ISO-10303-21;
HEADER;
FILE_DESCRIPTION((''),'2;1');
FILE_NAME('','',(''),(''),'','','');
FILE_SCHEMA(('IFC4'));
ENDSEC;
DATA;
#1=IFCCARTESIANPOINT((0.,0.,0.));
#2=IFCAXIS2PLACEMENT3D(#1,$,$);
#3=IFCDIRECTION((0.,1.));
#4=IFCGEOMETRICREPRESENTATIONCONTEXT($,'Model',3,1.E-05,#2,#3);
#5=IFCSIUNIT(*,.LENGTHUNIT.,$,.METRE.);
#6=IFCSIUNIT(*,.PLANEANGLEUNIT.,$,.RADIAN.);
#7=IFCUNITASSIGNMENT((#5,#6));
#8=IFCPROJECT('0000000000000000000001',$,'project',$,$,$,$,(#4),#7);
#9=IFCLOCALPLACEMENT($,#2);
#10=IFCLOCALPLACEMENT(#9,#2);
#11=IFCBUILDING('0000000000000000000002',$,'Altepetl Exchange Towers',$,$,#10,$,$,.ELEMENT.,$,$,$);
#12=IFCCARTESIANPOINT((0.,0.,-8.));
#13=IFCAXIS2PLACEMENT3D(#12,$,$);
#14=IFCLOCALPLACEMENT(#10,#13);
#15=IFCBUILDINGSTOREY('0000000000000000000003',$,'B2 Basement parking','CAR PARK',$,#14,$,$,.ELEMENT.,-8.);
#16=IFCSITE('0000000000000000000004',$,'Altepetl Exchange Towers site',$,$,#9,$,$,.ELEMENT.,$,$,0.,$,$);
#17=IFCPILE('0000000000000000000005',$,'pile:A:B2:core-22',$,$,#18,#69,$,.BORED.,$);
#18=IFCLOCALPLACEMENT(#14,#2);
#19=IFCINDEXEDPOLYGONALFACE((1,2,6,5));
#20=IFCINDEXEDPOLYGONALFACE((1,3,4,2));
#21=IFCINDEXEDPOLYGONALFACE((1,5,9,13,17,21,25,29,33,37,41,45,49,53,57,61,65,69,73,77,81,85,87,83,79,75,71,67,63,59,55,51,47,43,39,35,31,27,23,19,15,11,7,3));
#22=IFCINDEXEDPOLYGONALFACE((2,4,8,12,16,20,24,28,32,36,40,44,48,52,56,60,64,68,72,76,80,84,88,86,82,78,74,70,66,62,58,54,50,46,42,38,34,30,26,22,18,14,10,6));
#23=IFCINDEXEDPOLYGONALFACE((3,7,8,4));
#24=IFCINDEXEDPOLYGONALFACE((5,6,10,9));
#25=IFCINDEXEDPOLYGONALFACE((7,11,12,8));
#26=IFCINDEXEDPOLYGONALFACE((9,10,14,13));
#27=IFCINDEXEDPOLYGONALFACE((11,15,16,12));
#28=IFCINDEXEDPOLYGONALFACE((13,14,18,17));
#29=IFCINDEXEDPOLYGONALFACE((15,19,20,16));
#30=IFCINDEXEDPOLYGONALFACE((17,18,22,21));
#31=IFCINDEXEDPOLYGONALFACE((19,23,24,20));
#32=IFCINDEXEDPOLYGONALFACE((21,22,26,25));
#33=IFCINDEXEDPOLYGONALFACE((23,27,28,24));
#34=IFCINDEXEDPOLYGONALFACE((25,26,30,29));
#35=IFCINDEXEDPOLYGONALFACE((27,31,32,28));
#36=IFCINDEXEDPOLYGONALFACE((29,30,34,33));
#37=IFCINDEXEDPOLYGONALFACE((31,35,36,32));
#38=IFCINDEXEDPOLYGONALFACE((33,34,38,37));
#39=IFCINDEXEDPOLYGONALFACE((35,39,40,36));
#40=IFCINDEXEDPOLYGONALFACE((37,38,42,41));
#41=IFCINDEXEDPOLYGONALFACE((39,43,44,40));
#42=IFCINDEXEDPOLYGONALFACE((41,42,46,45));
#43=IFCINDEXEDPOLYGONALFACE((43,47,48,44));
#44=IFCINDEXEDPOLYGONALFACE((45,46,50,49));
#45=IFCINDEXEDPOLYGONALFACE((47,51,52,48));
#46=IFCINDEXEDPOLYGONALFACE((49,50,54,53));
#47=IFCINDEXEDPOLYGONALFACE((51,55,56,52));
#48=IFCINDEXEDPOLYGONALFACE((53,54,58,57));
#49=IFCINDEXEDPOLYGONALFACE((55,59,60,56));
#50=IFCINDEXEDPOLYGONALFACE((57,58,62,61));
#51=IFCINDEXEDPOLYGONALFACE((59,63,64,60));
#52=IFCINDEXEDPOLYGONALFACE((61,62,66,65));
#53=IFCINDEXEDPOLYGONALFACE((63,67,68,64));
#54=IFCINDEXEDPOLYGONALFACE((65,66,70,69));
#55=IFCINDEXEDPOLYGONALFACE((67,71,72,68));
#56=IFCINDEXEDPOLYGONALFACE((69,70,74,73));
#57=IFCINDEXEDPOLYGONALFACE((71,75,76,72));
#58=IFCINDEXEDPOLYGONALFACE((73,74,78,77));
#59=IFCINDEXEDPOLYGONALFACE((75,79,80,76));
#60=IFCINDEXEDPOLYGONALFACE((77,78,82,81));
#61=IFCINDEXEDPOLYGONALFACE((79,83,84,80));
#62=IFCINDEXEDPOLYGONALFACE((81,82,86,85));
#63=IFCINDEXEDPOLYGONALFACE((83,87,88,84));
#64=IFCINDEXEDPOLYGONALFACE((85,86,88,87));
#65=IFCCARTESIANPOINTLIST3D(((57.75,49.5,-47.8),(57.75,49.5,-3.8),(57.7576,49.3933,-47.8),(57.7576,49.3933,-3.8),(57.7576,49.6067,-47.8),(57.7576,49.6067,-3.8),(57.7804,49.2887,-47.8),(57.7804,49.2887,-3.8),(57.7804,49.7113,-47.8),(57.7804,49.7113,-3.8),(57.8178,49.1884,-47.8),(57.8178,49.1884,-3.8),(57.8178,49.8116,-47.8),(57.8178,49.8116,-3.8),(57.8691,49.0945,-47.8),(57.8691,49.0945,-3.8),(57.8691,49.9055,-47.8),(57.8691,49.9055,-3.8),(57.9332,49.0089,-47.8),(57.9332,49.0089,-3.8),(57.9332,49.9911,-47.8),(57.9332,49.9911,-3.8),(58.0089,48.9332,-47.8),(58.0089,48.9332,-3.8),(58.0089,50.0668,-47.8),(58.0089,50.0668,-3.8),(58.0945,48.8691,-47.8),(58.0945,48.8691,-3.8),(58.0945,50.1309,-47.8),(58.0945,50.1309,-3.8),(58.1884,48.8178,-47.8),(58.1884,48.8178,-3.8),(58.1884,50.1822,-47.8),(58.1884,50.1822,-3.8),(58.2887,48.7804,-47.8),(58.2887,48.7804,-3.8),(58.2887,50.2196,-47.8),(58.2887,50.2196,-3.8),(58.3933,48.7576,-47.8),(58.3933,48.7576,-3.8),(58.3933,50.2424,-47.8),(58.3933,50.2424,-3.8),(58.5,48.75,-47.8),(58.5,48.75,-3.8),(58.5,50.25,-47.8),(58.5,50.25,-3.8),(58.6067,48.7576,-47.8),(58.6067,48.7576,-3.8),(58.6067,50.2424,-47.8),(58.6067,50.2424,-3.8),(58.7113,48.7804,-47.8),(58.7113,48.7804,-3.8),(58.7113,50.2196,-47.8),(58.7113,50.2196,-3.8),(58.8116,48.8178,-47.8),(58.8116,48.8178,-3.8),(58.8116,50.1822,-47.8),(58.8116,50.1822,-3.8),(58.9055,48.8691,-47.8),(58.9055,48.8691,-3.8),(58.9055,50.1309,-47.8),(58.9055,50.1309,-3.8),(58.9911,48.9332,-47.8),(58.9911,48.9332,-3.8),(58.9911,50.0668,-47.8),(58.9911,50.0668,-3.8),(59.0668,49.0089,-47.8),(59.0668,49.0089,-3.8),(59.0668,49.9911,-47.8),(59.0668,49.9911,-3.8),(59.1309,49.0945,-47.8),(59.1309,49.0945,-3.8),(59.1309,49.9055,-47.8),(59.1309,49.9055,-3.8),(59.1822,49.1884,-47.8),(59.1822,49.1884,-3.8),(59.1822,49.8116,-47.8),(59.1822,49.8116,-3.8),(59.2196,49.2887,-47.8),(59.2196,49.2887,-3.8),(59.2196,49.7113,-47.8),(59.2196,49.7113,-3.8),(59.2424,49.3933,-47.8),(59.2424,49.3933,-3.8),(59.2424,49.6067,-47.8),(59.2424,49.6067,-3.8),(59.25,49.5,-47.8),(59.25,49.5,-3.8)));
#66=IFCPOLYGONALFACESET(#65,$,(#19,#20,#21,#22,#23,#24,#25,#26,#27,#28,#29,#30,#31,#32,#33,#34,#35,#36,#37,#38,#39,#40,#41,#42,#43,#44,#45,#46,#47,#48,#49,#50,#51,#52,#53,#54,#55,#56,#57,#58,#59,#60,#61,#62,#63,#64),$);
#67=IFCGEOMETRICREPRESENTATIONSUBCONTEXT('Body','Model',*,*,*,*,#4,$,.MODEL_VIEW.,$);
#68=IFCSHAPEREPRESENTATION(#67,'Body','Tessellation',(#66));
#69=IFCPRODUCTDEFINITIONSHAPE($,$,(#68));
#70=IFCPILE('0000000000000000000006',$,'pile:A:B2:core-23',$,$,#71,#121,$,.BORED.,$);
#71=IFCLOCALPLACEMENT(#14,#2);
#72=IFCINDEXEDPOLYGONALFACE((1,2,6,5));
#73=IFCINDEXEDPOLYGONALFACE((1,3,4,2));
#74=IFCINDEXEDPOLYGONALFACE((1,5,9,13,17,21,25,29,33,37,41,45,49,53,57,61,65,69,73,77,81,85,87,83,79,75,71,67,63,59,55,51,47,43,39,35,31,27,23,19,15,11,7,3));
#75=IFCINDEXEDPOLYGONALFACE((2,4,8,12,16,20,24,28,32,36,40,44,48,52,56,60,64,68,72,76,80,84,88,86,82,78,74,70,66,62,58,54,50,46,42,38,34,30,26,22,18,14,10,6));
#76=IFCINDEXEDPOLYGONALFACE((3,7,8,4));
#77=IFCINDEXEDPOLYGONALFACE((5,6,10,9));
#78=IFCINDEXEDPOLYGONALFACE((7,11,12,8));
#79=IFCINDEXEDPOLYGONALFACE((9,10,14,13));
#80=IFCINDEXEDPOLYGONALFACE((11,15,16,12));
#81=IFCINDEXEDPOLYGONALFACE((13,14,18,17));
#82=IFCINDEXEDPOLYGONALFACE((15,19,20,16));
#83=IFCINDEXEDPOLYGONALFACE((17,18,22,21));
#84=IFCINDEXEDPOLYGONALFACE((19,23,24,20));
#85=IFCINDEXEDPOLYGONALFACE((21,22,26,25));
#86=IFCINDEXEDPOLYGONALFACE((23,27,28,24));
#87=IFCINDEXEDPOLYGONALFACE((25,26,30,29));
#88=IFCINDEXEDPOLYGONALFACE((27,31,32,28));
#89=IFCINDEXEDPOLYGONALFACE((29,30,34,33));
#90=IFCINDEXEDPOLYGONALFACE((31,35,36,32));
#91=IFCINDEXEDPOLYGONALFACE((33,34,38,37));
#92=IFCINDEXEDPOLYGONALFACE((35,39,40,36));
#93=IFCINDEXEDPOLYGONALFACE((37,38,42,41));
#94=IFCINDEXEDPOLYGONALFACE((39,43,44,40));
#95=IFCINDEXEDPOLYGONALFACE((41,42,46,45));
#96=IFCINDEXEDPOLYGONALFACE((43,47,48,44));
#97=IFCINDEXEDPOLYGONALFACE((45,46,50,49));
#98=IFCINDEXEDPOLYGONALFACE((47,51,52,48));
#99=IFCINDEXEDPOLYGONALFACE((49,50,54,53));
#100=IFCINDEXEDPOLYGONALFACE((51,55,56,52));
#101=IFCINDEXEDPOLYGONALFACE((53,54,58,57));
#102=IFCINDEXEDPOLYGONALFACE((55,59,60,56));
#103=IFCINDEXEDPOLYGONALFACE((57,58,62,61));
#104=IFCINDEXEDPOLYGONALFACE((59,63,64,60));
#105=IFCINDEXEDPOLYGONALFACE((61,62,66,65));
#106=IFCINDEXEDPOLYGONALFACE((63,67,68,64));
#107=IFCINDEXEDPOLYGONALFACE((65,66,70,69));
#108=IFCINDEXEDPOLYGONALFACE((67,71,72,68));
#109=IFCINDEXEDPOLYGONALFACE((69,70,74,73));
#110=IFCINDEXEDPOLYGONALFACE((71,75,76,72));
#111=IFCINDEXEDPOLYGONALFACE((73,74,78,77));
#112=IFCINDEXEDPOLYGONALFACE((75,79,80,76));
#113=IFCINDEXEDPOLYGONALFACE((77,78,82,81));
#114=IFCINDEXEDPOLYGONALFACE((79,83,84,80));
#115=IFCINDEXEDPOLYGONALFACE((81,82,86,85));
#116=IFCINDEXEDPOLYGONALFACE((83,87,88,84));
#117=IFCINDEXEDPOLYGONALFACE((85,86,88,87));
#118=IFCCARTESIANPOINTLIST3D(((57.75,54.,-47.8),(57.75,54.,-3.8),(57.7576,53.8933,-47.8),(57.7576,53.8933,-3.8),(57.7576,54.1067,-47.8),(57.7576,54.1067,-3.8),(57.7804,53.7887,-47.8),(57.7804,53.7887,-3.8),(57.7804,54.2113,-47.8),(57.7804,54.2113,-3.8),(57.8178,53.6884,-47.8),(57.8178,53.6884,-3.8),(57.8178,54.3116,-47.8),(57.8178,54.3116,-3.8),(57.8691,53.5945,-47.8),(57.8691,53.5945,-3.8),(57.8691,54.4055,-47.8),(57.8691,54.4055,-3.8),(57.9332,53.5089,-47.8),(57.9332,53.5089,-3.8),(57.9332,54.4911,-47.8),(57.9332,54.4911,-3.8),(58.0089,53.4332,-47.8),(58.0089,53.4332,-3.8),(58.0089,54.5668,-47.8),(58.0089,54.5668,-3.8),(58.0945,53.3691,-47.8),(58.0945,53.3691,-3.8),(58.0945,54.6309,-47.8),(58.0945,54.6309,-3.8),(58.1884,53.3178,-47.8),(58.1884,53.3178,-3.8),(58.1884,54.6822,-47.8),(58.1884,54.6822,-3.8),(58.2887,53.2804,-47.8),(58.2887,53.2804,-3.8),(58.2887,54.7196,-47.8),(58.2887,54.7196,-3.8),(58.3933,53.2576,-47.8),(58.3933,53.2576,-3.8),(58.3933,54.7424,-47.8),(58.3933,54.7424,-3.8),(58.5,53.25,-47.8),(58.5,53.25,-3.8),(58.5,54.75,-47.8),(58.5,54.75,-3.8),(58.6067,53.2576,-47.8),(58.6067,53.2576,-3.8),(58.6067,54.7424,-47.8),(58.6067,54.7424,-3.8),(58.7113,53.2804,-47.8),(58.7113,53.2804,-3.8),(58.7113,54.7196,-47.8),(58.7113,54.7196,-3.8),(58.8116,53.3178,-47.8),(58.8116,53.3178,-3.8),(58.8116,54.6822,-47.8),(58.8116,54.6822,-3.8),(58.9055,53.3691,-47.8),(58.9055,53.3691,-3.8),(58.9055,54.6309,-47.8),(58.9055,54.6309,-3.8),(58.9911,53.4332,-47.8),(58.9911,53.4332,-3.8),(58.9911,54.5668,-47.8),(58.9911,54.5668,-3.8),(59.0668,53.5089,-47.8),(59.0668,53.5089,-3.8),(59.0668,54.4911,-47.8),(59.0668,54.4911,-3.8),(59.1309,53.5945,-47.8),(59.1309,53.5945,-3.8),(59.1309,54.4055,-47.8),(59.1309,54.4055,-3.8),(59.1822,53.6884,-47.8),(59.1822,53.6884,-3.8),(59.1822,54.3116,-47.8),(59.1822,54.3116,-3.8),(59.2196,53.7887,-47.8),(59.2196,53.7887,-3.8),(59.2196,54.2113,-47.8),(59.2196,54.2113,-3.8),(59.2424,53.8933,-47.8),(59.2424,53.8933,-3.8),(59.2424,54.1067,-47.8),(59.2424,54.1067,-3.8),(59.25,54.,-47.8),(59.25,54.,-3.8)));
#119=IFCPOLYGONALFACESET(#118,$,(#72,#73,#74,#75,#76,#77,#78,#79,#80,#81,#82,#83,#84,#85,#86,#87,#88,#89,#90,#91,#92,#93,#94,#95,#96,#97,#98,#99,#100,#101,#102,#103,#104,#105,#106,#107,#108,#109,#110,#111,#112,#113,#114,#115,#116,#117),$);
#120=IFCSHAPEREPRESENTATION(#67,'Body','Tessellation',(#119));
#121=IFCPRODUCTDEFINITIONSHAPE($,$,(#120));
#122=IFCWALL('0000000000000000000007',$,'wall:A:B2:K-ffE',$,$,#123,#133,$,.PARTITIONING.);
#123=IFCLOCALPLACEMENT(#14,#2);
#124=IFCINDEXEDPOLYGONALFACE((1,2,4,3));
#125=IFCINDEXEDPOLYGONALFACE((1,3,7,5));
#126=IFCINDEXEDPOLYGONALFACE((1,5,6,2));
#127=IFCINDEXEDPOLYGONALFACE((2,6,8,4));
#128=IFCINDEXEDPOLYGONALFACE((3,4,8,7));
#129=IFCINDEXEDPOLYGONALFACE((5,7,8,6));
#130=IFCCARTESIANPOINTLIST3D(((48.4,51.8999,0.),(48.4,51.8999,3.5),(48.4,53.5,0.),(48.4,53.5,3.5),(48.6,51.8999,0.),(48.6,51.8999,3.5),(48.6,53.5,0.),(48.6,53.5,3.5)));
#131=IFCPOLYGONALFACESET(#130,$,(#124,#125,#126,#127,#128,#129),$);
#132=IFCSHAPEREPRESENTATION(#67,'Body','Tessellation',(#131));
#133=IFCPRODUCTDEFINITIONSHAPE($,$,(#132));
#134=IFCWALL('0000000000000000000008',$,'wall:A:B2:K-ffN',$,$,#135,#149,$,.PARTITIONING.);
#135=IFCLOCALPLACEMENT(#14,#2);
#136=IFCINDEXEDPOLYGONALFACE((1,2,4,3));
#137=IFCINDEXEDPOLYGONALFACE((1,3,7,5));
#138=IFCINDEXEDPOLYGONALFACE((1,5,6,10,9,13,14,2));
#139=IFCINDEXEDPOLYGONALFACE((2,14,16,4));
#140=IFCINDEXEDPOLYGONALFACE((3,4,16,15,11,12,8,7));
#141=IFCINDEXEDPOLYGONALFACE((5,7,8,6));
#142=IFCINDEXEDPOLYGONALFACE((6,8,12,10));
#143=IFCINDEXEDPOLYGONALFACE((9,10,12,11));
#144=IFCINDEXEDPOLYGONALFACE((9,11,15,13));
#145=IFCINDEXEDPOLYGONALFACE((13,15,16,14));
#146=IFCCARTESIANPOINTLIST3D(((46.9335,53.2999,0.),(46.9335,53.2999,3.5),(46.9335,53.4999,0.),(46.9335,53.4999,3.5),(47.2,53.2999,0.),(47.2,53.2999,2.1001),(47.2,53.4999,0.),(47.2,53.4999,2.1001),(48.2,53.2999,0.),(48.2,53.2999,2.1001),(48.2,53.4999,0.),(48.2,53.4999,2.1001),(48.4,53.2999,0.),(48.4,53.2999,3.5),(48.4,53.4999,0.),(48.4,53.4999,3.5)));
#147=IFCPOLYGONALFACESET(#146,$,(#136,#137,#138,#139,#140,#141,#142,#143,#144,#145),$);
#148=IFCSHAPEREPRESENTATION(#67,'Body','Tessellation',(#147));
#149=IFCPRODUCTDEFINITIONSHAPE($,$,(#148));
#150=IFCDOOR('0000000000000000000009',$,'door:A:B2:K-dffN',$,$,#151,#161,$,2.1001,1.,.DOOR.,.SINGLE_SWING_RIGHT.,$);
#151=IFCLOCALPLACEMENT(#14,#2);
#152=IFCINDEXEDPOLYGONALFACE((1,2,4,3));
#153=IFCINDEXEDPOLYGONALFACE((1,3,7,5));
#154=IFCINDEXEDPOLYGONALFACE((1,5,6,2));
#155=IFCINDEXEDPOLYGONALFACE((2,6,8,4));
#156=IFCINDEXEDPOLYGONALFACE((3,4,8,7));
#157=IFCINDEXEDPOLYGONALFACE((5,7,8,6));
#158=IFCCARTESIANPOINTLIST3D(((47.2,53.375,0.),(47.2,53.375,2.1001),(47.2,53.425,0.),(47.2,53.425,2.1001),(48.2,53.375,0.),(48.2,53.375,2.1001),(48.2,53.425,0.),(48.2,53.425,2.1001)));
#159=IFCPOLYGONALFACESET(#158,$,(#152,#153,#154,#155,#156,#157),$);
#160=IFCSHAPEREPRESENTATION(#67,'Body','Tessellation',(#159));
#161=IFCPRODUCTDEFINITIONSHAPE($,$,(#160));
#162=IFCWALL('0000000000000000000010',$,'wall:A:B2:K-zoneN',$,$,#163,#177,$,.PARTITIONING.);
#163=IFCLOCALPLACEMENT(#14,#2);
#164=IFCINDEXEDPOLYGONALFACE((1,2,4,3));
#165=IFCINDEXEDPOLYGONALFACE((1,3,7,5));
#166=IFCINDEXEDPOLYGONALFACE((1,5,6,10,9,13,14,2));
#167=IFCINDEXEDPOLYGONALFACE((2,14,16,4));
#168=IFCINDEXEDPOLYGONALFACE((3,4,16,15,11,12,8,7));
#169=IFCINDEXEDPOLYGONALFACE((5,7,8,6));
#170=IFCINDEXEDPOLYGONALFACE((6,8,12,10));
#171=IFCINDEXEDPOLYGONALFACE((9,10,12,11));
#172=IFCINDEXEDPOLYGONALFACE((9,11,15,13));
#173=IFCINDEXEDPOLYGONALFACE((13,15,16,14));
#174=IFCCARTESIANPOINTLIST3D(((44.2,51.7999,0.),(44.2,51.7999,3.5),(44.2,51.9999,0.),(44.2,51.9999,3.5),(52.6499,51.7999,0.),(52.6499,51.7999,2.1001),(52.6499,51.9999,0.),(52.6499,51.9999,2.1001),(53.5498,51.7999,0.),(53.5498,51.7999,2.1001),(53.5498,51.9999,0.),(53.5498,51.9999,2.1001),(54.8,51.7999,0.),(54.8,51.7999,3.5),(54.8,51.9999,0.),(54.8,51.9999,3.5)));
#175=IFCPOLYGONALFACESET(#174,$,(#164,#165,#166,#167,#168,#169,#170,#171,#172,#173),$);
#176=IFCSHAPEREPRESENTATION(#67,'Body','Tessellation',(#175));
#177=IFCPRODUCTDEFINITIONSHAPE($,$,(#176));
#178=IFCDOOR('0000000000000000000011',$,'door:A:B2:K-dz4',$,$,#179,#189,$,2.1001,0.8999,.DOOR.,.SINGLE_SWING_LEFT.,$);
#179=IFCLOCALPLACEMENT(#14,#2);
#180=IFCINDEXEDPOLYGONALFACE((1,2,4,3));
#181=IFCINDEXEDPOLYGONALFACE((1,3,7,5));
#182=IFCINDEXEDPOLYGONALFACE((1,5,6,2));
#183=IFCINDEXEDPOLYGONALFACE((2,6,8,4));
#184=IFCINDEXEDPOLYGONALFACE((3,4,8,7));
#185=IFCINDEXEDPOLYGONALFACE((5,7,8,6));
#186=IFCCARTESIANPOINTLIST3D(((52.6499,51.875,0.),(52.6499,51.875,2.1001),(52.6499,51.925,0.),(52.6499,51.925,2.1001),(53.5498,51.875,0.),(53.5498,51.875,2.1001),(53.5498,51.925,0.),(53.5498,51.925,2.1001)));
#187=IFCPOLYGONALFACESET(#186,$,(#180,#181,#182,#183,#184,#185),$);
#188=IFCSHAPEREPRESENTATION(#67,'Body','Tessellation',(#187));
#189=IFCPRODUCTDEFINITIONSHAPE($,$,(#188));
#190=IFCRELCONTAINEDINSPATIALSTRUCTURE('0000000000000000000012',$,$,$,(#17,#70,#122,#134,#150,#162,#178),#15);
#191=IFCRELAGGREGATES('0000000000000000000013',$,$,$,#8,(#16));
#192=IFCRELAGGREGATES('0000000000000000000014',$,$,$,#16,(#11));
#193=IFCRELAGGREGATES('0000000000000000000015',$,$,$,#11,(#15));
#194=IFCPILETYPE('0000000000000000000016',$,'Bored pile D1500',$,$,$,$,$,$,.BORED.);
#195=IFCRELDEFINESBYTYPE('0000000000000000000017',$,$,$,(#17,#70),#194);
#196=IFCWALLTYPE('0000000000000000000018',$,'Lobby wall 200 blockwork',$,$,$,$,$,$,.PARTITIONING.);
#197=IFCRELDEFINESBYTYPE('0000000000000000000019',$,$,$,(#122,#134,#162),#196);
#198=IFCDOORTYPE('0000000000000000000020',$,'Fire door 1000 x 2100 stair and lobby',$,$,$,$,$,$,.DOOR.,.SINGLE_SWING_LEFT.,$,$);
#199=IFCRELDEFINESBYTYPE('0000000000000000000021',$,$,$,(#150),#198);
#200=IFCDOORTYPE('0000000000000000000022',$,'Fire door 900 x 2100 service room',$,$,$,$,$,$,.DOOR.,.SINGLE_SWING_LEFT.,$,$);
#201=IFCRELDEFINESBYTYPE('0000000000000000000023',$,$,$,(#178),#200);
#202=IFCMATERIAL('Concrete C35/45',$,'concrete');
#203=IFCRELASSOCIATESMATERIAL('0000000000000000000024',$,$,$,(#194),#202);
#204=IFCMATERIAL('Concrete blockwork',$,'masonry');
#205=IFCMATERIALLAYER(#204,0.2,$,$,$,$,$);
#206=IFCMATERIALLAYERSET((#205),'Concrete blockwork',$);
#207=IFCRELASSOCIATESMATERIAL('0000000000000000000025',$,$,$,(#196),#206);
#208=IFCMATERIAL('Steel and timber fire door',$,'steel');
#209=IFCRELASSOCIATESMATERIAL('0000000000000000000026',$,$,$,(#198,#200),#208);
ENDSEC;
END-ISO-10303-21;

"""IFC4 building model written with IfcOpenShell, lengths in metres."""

from ifc_helpers import new_model, si_unit, direction, frame, frame_2d, origin, origin_2d, place, context, subcontext, project, spatial, rectangle, circle, extrude, material, layer, layer_set, material_profile, profile_set, type_object, element, fill, save


model = new_model("IFC4")

# Units and contexts
model_context = context("Model", 3, precision=1e-05, world=origin(), true_north=direction((0.0, 1.0)))
body_context = subcontext(model_context, "Body", "Model", "MODEL_VIEW")
ifc_project = project(units=[si_unit("LENGTHUNIT", "METRE"), si_unit("PLANEANGLEUNIT", "RADIAN")], contexts=[model_context])

# Site, building, storey
site_placement = place(None, origin())
site = spatial("IfcSite", under=ifc_project, at=site_placement, Name="Altepetl Exchange Towers site", CompositionType="ELEMENT", RefElevation=0.0)
building_placement = place(site_placement, origin())
building = spatial("IfcBuilding", under=site, at=building_placement, Name="Altepetl Exchange Towers", CompositionType="ELEMENT")
storey_placement = place(building_placement, frame((0.0, 0.0, -8.0)))
storey = spatial("IfcBuildingStorey", under=building, at=storey_placement, Name="B2 Basement parking", Description="CAR PARK", CompositionType="ELEMENT", Elevation=-8.0)

# Piles
ifc_material_1 = material(Name="Concrete C35/45", Category="concrete")
ifc_material_profile = material_profile(ifc_material_1, circle(Radius=0.75, at=origin_2d()), Name="D1500")
ifc_profile_set = profile_set([ifc_material_profile], Name="Concrete C35/45")
pile_type = type_object("IfcPileType", Name="Bored pile D1500", PredefinedType="BORED", material=ifc_profile_set)
for number, where, z_axis, x_axis, name in (
    (1, (58.5, 49.5, -3.8), (0.0, 0.0, -1.0), (1.0, 0.0, 0.0), "pile:A:B2:core-22"),
    (2, (58.5, 54.0, -3.8), (0.0, 0.0, -1.0), (1.0, 0.0, 0.0), "pile:A:B2:core-23"),
):
    element("IfcPile", number, at=place(storey_placement, frame(where, z_axis=z_axis, x_axis=x_axis)), inside=storey, type_object=pile_type, Name=name, PredefinedType="BORED", context=body_context, shape_type="SweptSolid", body=[
        extrude(circle(Radius=0.75, at=origin_2d()), origin(), (0.0, 0.0, 1.0), 44.0),
    ])

# Wall
ifc_material_2 = material(Name="Concrete blockwork", Category="masonry")
ifc_layer_1 = layer(ifc_material_2, 0.2)
ifc_layer_set_1 = layer_set([ifc_layer_1], Name="Concrete blockwork")
wall_type_1 = type_object("IfcWallType", Name="Lobby wall 200 blockwork", PredefinedType="PARTITIONING", material=ifc_layer_set_1)
wall_1_placement = place(storey_placement, frame((48.5, 51.8999, 0.0), z_axis=(0.0, 0.0, 1.0), x_axis=(0.0, 1.0, 0.0)))
element("IfcWall", 3, at=wall_1_placement, inside=storey, type_object=wall_type_1, Name="wall:A:B2:K-ffE", PredefinedType="PARTITIONING", context=body_context, shape_type="SweptSolid", body=[
    extrude(rectangle(XDim=1.6001, YDim=0.2, at=frame_2d((0.8, 0.0))), origin(), (0.0, 0.0, 1.0), 3.5),
])

# Walls, openings, doors
wall_2_placement = place(storey_placement, frame((46.9333, 53.3999, 0.0)))
wall_2 = element("IfcWall", 4, at=wall_2_placement, inside=storey, type_object=wall_type_1, Name="wall:A:B2:K-ffN", PredefinedType="PARTITIONING", context=body_context, shape_type="SweptSolid", body=[
    extrude(rectangle(XDim=1.4666, YDim=0.2, at=frame_2d((0.7334, 0.0))), origin(), (0.0, 0.0, 1.0), 3.5),
])
opening_1_placement = place(wall_2_placement, frame((0.2666, 0.0, 0.0)))
opening_1 = element("IfcOpeningElement", 5, at=opening_1_placement, cuts=wall_2, PredefinedType="OPENING", context=body_context, shape_type="SweptSolid", body=[
    extrude(rectangle(XDim=1.0, YDim=2.1001, at=frame_2d((0.5, 1.05))), frame((0.0, 0.1099, 0.0), z_axis=(0.0, -1.0, 0.0), x_axis=(1.0, 0.0, 0.0)), (0.0, 0.0, 1.0), 0.22),
])
ifc_material_3 = material(Name="Steel and timber fire door", Category="steel")
door_type_1 = type_object("IfcDoorType", Name="Fire door 1000 x 2100 stair and lobby", OperationType="SINGLE_SWING_LEFT", PredefinedType="DOOR", material=ifc_material_3)
door_1_placement = place(opening_1_placement, frame((1.0, 0.0, 0.0), x_axis=(-1.0, 0.0, 0.0)))
door_1 = element("IfcDoor", 6, at=door_1_placement, inside=storey, type_object=door_type_1, Name="door:A:B2:K-dffN", OperationType="SINGLE_SWING_RIGHT", OverallHeight=2.1001, OverallWidth=1.0, PredefinedType="DOOR", context=body_context, shape_type="SweptSolid", body=[
    extrude(rectangle(XDim=1.0, YDim=2.1001, at=frame_2d((0.5, 1.05))), frame((0.0, 0.0249, 0.0), z_axis=(0.0, -1.0, 0.0), x_axis=(1.0, 0.0, 0.0)), (0.0, 0.0, 1.0), 0.05),
])
fill(opening_1, door_1)
wall_3_placement = place(storey_placement, frame((44.2, 51.8999, 0.0)))
wall_3 = element("IfcWall", 7, at=wall_3_placement, inside=storey, type_object=wall_type_1, Name="wall:A:B2:K-zoneN", PredefinedType="PARTITIONING", context=body_context, shape_type="SweptSolid", body=[
    extrude(rectangle(XDim=10.6001, YDim=0.2, at=frame_2d((5.3, 0.0))), origin(), (0.0, 0.0, 1.0), 3.5),
])
opening_2_placement = place(wall_3_placement, frame((8.45, 0.0, 0.0)))
opening_2 = element("IfcOpeningElement", 8, at=opening_2_placement, cuts=wall_3, PredefinedType="OPENING", context=body_context, shape_type="SweptSolid", body=[
    extrude(rectangle(XDim=0.8999, YDim=2.1001, at=frame_2d((0.45, 1.05))), frame((0.0, 0.1099, 0.0), z_axis=(0.0, -1.0, 0.0), x_axis=(1.0, 0.0, 0.0)), (0.0, 0.0, 1.0), 0.22),
])
door_type_2 = type_object("IfcDoorType", Name="Fire door 900 x 2100 service room", OperationType="SINGLE_SWING_LEFT", PredefinedType="DOOR", material=ifc_material_3)
door_2_placement = place(opening_2_placement, frame((0.8999, 0.0, 0.0), x_axis=(-1.0, 0.0, 0.0)))
door_2 = element("IfcDoor", 9, at=door_2_placement, inside=storey, type_object=door_type_2, Name="door:A:B2:K-dz4", OperationType="SINGLE_SWING_LEFT", OverallHeight=2.1001, OverallWidth=0.8999, PredefinedType="DOOR", context=body_context, shape_type="SweptSolid", body=[
    extrude(rectangle(XDim=0.8999, YDim=2.1001, at=frame_2d((0.45, 1.05))), frame((0.0, 0.0249, 0.0), z_axis=(0.0, -1.0, 0.0), x_axis=(1.0, 0.0, 0.0)), (0.0, 0.0, 1.0), 0.05),
])
fill(opening_2, door_2)

save(model, "model.ifc")
